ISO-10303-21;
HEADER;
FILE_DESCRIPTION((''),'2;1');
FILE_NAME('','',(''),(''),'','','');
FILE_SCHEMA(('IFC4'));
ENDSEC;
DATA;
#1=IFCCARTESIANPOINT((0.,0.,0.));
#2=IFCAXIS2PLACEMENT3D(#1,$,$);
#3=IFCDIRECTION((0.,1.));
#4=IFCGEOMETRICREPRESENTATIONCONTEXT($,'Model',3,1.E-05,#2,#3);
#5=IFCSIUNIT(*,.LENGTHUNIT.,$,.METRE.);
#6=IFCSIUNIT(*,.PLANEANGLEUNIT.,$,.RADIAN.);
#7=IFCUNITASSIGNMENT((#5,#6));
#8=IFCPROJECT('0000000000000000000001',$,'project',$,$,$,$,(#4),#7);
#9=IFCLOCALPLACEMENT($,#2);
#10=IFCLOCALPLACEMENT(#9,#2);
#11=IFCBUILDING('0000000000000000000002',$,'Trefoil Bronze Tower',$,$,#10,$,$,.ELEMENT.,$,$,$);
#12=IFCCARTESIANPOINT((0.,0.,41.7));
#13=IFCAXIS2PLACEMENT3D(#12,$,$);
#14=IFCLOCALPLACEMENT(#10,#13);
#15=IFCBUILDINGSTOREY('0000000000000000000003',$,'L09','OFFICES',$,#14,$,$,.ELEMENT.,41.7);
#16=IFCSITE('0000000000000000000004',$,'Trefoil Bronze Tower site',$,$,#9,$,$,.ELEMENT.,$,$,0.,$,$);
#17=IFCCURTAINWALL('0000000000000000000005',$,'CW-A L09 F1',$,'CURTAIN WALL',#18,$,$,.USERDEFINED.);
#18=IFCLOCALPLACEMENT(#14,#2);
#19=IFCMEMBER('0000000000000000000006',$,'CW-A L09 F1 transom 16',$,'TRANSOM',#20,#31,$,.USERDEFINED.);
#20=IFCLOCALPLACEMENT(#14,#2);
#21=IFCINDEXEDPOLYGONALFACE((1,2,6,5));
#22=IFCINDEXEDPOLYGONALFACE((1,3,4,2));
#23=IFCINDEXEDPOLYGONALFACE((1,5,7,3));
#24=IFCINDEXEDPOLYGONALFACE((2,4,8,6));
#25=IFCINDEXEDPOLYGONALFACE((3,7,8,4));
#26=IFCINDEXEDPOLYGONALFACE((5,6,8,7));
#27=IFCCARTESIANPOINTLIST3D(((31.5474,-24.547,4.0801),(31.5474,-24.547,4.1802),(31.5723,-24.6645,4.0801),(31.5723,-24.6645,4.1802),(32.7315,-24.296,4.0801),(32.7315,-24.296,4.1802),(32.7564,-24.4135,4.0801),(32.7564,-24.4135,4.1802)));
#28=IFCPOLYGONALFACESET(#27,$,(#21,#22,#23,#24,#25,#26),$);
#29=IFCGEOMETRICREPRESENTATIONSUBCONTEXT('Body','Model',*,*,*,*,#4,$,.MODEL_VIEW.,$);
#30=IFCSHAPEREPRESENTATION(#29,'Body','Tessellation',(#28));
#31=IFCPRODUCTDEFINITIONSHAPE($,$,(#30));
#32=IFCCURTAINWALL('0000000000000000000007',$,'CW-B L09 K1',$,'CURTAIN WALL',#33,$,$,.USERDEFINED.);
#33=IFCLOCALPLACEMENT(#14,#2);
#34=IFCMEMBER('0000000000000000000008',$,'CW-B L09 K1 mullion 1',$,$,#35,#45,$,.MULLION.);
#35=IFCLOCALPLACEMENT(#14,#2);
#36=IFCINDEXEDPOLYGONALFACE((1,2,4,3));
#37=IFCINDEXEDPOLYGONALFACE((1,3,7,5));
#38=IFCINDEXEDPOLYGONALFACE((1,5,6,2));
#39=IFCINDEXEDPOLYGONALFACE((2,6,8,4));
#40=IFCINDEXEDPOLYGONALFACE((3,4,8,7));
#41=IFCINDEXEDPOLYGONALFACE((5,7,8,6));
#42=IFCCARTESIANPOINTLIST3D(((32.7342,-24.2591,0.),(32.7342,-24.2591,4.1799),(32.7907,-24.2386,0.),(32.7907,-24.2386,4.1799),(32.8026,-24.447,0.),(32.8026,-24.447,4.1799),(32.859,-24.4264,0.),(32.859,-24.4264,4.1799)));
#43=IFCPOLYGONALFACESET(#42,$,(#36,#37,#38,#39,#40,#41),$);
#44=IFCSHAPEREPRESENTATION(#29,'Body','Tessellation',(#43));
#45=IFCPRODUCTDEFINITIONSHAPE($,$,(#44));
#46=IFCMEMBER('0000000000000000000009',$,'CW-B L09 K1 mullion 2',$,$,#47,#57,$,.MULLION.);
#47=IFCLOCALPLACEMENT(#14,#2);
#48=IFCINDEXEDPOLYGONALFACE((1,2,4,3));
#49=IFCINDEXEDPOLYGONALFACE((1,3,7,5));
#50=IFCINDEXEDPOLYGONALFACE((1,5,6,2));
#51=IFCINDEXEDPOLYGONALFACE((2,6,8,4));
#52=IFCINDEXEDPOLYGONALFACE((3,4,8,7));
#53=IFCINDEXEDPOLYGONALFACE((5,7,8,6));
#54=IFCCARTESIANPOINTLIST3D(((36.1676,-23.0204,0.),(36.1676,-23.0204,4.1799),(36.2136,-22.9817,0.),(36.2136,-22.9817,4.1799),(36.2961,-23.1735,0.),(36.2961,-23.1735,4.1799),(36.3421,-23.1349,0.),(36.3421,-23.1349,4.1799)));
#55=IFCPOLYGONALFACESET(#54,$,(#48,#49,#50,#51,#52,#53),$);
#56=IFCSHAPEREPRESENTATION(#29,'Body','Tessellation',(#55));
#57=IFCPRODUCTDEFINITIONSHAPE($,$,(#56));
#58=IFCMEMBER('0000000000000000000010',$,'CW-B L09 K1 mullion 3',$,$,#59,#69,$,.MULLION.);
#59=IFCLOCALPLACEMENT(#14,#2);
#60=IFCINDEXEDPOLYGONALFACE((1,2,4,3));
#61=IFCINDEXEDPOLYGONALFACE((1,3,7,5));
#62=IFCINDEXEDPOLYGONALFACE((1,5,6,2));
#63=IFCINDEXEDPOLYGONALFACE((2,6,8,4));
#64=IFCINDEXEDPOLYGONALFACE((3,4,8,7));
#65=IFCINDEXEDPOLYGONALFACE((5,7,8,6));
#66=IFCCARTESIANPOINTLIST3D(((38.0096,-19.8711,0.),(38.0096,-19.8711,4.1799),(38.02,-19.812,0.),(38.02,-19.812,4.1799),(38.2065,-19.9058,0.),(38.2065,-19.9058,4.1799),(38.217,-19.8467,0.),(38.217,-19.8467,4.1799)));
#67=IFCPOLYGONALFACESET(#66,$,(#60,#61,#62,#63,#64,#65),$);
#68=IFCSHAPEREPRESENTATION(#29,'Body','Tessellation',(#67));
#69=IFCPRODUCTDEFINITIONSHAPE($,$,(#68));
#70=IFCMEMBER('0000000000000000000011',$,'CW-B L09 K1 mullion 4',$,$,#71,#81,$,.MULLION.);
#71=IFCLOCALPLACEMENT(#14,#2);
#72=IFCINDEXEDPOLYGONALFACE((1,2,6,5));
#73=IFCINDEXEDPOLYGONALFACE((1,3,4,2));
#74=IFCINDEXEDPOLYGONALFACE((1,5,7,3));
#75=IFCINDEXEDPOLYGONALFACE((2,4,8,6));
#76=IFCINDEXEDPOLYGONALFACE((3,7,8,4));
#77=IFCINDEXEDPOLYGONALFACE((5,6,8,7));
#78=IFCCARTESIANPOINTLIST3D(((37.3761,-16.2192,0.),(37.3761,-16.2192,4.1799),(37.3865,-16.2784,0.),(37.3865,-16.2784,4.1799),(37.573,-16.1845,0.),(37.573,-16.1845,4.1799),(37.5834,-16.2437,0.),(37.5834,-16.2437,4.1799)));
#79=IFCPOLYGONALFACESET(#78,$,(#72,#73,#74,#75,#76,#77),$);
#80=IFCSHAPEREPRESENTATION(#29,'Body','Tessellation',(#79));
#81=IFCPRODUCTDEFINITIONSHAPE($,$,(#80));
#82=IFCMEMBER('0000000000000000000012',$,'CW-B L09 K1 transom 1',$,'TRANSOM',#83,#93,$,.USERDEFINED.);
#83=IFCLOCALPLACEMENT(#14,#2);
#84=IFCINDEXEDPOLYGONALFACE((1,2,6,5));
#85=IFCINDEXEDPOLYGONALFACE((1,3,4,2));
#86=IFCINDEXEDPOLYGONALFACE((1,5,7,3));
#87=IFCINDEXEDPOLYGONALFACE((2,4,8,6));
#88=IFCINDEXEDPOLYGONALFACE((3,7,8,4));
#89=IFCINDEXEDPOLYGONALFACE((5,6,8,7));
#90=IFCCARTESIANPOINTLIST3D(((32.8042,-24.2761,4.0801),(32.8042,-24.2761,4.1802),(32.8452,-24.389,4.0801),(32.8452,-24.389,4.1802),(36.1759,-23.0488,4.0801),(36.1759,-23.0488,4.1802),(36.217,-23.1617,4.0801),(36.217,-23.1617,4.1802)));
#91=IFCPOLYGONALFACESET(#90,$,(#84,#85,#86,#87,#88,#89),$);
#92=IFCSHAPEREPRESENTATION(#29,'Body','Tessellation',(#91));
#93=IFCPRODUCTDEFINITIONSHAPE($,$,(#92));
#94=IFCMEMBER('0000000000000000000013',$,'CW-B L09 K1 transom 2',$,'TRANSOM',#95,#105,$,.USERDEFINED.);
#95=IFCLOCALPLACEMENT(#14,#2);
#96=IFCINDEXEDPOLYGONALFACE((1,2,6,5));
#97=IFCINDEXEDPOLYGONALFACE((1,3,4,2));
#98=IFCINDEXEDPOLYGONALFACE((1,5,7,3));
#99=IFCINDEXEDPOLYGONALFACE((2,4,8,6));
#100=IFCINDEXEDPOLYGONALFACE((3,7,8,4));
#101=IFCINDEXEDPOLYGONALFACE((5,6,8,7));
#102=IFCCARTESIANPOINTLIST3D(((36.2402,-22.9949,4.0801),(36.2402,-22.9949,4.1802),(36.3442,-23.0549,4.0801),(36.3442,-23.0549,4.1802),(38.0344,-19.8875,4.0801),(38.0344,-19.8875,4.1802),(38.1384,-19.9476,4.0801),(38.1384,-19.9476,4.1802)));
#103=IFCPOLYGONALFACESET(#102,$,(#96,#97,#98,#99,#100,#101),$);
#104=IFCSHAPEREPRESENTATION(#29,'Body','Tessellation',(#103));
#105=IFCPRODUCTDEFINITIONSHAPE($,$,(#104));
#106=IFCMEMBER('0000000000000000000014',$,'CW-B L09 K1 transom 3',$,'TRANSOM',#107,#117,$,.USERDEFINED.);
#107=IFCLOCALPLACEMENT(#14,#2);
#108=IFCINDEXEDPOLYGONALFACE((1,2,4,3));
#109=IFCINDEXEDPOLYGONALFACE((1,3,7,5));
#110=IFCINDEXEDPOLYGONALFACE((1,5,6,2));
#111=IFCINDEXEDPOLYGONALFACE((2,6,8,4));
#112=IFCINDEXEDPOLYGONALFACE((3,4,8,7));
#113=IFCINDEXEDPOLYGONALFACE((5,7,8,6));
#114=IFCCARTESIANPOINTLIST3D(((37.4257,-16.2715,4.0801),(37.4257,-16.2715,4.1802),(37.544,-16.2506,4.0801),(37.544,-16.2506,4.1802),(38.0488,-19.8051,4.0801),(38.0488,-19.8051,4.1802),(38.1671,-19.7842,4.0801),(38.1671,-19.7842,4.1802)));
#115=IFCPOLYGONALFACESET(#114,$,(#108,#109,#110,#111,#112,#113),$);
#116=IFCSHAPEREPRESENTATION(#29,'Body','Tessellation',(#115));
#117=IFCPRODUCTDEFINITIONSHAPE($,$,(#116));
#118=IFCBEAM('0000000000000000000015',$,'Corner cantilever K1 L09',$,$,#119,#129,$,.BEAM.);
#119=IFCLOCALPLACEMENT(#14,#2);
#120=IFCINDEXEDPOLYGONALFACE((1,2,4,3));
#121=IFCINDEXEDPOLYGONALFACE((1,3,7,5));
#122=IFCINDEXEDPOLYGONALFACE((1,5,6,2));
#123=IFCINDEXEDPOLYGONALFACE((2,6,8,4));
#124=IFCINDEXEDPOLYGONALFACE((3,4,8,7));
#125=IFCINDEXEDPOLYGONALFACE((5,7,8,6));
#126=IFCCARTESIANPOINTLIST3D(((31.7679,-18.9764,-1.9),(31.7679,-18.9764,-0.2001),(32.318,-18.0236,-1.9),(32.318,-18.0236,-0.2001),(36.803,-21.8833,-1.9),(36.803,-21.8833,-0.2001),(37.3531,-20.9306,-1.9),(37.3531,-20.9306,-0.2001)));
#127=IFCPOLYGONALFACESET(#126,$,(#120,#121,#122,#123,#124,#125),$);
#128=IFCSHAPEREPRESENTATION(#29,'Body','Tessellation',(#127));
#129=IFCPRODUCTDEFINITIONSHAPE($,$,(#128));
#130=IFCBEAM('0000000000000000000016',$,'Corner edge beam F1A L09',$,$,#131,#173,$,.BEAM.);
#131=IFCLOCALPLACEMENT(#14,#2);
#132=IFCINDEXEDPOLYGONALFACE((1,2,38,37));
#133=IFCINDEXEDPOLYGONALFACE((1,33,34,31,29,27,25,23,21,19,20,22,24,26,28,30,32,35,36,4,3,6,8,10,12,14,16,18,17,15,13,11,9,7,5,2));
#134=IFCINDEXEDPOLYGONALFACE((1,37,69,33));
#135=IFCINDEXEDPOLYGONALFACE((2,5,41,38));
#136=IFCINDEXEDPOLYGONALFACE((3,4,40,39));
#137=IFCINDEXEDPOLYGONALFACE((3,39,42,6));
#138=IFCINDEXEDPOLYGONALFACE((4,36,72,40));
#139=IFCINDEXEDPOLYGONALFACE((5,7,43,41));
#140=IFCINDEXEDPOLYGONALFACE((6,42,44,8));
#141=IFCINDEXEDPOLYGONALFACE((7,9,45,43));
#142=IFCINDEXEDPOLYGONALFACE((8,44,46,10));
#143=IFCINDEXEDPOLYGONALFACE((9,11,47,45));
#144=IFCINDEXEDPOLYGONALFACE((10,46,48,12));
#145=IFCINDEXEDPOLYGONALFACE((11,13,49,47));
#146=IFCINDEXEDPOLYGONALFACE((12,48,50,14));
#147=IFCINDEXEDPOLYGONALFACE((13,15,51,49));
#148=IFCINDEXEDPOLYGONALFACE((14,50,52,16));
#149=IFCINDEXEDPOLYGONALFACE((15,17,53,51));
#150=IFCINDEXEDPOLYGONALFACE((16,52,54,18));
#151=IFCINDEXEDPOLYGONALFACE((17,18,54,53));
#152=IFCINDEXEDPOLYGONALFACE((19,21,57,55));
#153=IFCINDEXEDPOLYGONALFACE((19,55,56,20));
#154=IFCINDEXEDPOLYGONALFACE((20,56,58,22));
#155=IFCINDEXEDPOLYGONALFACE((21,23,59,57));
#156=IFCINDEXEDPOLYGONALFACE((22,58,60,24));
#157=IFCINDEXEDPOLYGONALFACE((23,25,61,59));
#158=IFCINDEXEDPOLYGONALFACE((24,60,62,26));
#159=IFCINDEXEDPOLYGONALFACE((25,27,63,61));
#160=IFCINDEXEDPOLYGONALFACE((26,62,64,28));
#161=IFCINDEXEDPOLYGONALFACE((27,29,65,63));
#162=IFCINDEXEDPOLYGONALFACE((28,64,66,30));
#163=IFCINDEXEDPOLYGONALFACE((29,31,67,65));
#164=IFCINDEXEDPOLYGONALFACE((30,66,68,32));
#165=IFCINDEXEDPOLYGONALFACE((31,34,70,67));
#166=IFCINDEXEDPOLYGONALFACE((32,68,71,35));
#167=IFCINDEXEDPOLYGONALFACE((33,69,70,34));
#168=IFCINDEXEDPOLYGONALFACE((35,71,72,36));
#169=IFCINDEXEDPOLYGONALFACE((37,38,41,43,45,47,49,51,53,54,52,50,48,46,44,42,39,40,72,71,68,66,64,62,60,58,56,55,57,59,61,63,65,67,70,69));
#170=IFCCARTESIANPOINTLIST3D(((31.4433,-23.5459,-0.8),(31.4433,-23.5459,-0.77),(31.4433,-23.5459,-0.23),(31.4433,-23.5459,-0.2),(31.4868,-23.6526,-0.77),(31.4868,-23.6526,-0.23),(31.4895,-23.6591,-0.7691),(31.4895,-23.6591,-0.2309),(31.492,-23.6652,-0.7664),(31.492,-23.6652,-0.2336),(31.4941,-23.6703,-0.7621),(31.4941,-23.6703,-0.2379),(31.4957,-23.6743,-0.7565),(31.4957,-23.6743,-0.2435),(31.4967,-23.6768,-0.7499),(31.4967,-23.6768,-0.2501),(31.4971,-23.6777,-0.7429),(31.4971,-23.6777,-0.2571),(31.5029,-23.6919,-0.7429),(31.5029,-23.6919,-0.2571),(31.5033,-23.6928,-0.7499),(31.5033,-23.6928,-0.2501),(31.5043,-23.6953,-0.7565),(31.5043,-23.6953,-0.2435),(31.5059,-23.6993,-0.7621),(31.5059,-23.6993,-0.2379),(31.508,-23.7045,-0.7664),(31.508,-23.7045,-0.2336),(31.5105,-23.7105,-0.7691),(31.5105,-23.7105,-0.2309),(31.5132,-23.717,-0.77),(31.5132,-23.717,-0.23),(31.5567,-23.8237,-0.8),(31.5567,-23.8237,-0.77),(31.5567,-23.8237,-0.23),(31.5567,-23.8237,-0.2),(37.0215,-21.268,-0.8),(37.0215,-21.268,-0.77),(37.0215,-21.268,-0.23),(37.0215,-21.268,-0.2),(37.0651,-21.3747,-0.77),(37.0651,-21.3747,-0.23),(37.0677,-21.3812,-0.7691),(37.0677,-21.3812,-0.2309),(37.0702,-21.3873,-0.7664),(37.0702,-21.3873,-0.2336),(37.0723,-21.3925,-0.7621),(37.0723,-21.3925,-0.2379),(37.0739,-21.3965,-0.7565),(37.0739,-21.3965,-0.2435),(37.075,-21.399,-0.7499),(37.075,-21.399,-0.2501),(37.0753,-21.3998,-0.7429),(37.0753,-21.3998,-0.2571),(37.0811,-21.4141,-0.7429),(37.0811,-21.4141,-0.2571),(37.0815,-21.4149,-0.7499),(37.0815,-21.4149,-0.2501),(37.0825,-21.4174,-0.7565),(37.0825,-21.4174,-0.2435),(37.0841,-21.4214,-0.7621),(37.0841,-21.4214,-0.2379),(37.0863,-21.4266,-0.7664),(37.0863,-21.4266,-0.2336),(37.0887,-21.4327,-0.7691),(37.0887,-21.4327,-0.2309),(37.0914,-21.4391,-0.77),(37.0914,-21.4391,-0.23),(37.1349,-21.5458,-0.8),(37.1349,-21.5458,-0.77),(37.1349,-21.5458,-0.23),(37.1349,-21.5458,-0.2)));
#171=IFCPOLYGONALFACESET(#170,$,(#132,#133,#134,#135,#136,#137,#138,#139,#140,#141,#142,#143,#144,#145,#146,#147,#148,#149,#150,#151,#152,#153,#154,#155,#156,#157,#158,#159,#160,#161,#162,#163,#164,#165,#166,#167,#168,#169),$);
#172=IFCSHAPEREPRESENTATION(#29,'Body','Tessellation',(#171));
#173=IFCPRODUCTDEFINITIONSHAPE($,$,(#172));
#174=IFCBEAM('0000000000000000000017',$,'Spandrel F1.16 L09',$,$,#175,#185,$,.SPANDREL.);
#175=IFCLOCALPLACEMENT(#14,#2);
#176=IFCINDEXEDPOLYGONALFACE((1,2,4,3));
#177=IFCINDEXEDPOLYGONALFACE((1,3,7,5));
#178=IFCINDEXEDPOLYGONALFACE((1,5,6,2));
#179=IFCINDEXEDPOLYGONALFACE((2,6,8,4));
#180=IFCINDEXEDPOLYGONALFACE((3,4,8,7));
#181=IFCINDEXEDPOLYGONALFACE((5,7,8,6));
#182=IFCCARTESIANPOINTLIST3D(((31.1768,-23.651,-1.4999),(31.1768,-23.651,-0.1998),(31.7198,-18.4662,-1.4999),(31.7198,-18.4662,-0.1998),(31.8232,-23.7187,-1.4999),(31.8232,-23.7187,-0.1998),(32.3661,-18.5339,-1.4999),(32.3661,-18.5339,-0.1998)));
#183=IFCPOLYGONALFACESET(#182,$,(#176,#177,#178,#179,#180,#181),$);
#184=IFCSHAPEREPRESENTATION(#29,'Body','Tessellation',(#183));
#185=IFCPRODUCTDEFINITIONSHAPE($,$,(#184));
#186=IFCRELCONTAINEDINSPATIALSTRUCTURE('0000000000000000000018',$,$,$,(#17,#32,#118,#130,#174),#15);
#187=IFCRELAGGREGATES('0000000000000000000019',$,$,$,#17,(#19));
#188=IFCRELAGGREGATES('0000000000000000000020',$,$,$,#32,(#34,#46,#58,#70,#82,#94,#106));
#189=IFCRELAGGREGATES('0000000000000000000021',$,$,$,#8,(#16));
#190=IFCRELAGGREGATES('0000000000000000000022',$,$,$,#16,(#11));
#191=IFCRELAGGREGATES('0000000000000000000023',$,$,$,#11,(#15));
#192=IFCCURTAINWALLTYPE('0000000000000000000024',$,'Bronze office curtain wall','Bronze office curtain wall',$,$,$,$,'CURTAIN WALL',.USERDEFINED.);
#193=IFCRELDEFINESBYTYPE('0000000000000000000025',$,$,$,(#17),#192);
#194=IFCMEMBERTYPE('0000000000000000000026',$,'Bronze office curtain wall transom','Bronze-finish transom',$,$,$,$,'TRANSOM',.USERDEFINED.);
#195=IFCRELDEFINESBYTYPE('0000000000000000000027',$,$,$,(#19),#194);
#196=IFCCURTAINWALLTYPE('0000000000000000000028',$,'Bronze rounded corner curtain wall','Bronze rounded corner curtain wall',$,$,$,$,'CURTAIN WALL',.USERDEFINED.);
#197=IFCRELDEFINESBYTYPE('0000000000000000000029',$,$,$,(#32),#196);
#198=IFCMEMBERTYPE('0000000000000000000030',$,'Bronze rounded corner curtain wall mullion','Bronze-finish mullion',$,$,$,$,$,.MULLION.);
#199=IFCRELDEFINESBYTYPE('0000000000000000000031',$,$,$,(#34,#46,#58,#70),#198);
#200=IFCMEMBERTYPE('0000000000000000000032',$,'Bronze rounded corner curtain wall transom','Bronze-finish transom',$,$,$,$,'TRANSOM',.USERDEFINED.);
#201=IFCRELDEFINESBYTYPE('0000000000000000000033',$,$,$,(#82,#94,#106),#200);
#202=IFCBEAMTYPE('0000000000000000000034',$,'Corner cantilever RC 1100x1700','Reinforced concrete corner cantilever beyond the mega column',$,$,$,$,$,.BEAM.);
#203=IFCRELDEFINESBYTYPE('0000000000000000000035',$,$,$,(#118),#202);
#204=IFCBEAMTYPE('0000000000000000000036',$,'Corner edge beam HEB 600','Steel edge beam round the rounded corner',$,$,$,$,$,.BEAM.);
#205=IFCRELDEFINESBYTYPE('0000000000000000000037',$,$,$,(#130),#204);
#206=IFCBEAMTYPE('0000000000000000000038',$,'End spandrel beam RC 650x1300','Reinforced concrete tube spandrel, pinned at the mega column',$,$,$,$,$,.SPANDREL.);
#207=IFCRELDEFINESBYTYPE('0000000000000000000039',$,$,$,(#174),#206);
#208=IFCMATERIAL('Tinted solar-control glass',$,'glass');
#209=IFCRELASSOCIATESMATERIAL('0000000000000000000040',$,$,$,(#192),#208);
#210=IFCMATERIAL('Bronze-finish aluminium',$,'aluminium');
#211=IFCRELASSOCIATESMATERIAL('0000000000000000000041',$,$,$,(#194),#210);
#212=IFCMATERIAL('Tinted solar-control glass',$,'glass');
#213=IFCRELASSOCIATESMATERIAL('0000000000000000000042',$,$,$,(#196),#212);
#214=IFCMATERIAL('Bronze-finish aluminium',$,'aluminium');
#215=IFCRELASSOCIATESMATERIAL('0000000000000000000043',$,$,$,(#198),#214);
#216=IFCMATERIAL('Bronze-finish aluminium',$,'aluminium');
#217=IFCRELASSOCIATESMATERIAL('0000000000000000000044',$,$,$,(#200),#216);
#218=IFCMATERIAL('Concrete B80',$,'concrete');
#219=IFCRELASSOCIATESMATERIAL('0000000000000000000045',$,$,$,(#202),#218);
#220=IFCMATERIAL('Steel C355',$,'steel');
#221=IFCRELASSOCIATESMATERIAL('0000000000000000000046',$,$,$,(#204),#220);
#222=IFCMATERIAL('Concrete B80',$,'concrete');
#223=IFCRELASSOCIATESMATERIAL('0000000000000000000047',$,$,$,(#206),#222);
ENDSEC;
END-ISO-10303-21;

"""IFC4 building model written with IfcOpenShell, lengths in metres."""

from ifc_helpers import new_model, si_unit, direction, frame, origin, origin_2d, place, context, subcontext, project, spatial, rectangle, i_section, extrude, material, material_profile, profile_set, type_object, element, aggregate, save


model = new_model("IFC4")

# Units and contexts
model_context = context("Model", 3, precision=1e-05, world=origin(), true_north=direction((0.0, 1.0)))
body_context = subcontext(model_context, "Body", "Model", "MODEL_VIEW")
ifc_project = project(units=[si_unit("LENGTHUNIT", "METRE"), si_unit("PLANEANGLEUNIT", "RADIAN")], contexts=[model_context])

# Site, building, storey
site_placement = place(None, origin())
site = spatial("IfcSite", under=ifc_project, at=site_placement, Name="Trefoil Bronze Tower site", CompositionType="ELEMENT", RefElevation=0.0)
building_placement = place(site_placement, origin())
building = spatial("IfcBuilding", under=site, at=building_placement, Name="Trefoil Bronze Tower", CompositionType="ELEMENT")
storey_placement = place(building_placement, frame((0.0, 0.0, 41.7)))
storey = spatial("IfcBuildingStorey", under=building, at=storey_placement, Name="L09", Description="OFFICES", CompositionType="ELEMENT", Elevation=41.7)

# Curtain walls, members
ifc_material_1 = material(Name="Tinted solar-control glass", Category="glass")
curtain_wall_type_1 = type_object("IfcCurtainWallType", Name="Bronze office curtain wall", Description="Bronze office curtain wall", ElementType="CURTAIN WALL", PredefinedType="USERDEFINED", material=ifc_material_1)
curtain_wall_1_placement = place(storey_placement, origin())
curtain_wall_1 = element("IfcCurtainWall", 1, at=curtain_wall_1_placement, inside=storey, type_object=curtain_wall_type_1, Name="CW-A L09 F1", ObjectType="CURTAIN WALL", PredefinedType="USERDEFINED")
ifc_material_2 = material(Name="Bronze-finish aluminium", Category="aluminium")
ifc_material_profile_1 = material_profile(ifc_material_2, rectangle(XDim=0.1201, YDim=0.1001, at=origin_2d()), Name="CW-A transom")
ifc_profile_set_1 = profile_set([ifc_material_profile_1], Name="Bronze-finish aluminium")
member_type_1 = type_object("IfcMemberType", Name="Bronze office curtain wall transom", Description="Bronze-finish transom", ElementType="TRANSOM", PredefinedType="USERDEFINED", material=ifc_profile_set_1)
member_1_placement = place(storey_placement, frame((31.5598, -24.6057, 4.1301), z_axis=(0.978266, 0.207352, 0.0), x_axis=(-0.207352, 0.978266, 0.0)))
member_1 = element("IfcMember", 2, at=member_1_placement, type_object=member_type_1, Name="CW-A L09 F1 transom 16", ObjectType="TRANSOM", PredefinedType="USERDEFINED", context=body_context, shape_type="SweptSolid", body=[
    extrude(rectangle(XDim=0.1201, YDim=0.1001, at=origin_2d()), origin(), (0.0, 0.0, 1.0), 1.2104),
])
ifc_material_3 = material(Name="Tinted solar-control glass", Category="glass")
curtain_wall_type_2 = type_object("IfcCurtainWallType", Name="Bronze rounded corner curtain wall", Description="Bronze rounded corner curtain wall", ElementType="CURTAIN WALL", PredefinedType="USERDEFINED", material=ifc_material_3)
curtain_wall_2_placement = place(storey_placement, origin())
curtain_wall_2 = element("IfcCurtainWall", 3, at=curtain_wall_2_placement, inside=storey, type_object=curtain_wall_type_2, Name="CW-B L09 K1", ObjectType="CURTAIN WALL", PredefinedType="USERDEFINED")
ifc_material_4 = material(Name="Bronze-finish aluminium", Category="aluminium")
ifc_material_profile_2 = material_profile(ifc_material_4, rectangle(XDim=0.2, YDim=0.0601, at=origin_2d()), Name="CW-B mullion")
ifc_profile_set_2 = profile_set([ifc_material_profile_2], Name="Bronze-finish aluminium")
member_type_2 = type_object("IfcMemberType", Name="Bronze rounded corner curtain wall mullion", Description="Bronze-finish mullion", PredefinedType="MULLION", material=ifc_profile_set_2)
member_2_placement = place(storey_placement, frame((32.7966, -24.3428, 0.0), z_axis=(0.0, 0.0, 1.0), x_axis=(-0.34202, 0.939693, 0.0)))
member_2 = element("IfcMember", 4, at=member_2_placement, type_object=member_type_2, Name="CW-B L09 K1 mullion 1", PredefinedType="MULLION", context=body_context, shape_type="SweptSolid", body=[
    extrude(rectangle(XDim=0.2, YDim=0.0601, at=origin_2d()), origin(), (0.0, 0.0, 1.0), 4.1799),
])
member_3_placement = place(storey_placement, frame((36.2549, -23.0776, 0.0), z_axis=(0.0, 0.0, 1.0), x_axis=(-0.642788, 0.766044, 0.0)))
member_3 = element("IfcMember", 5, at=member_3_placement, type_object=member_type_2, Name="CW-B L09 K1 mullion 2", PredefinedType="MULLION", context=body_context, shape_type="SweptSolid", body=[
    extrude(rectangle(XDim=0.2, YDim=0.0601, at=origin_2d()), origin(), (0.0, 0.0, 1.0), 4.1799),
])
member_4_placement = place(storey_placement, frame((38.1133, -19.8589, 0.0), z_axis=(0.0, 0.0, 1.0), x_axis=(-0.984808, 0.173648, 0.0)))
member_4 = element("IfcMember", 6, at=member_4_placement, type_object=member_type_2, Name="CW-B L09 K1 mullion 3", PredefinedType="MULLION", context=body_context, shape_type="SweptSolid", body=[
    extrude(rectangle(XDim=0.2, YDim=0.0601, at=origin_2d()), origin(), (0.0, 0.0, 1.0), 4.1799),
])
member_5_placement = place(storey_placement, frame((37.4797, -16.2314, 0.0), z_axis=(0.0, 0.0, 1.0), x_axis=(-0.984808, -0.173648, 0.0)))
member_5 = element("IfcMember", 7, at=member_5_placement, type_object=member_type_2, Name="CW-B L09 K1 mullion 4", PredefinedType="MULLION", context=body_context, shape_type="SweptSolid", body=[
    extrude(rectangle(XDim=0.2, YDim=0.0601, at=origin_2d()), origin(), (0.0, 0.0, 1.0), 4.1799),
])
ifc_material_5 = material(Name="Bronze-finish aluminium", Category="aluminium")
ifc_material_profile_3 = material_profile(ifc_material_5, rectangle(XDim=0.1201, YDim=0.1001, at=origin_2d()), Name="CW-B transom")
ifc_profile_set_3 = profile_set([ifc_material_profile_3], Name="Bronze-finish aluminium")
member_type_3 = type_object("IfcMemberType", Name="Bronze rounded corner curtain wall transom", Description="Bronze-finish transom", ElementType="TRANSOM", PredefinedType="USERDEFINED", material=ifc_profile_set_3)
member_6_placement = place(storey_placement, frame((32.8247, -24.3325, 4.1301), z_axis=(0.939688, 0.342033, 0.0), x_axis=(-0.342033, 0.939688, 0.0)))
member_6 = element("IfcMember", 8, at=member_6_placement, type_object=member_type_3, Name="CW-B L09 K1 transom 1", ObjectType="TRANSOM", PredefinedType="USERDEFINED", context=body_context, shape_type="SweptSolid", body=[
    extrude(rectangle(XDim=0.1201, YDim=0.1001, at=origin_2d()), origin(), (0.0, 0.0, 1.0), 3.5881),
])
member_7_placement = place(storey_placement, frame((36.2922, -23.0249, 4.1301), z_axis=(0.500025, 0.866011, 0.0), x_axis=(-0.866011, 0.500025, 0.0)))
member_7 = element("IfcMember", 9, at=member_7_placement, type_object=member_type_3, Name="CW-B L09 K1 transom 2", ObjectType="TRANSOM", PredefinedType="USERDEFINED", context=body_context, shape_type="SweptSolid", body=[
    extrude(rectangle(XDim=0.1201, YDim=0.1001, at=origin_2d()), origin(), (0.0, 0.0, 1.0), 3.5881),
])
member_8_placement = place(storey_placement, frame((38.1079, -19.7947, 4.1301), z_axis=(-0.173638, 0.98481, 0.0), x_axis=(-0.98481, -0.173638, 0.0)))
member_8 = element("IfcMember", 10, at=member_8_placement, type_object=member_type_3, Name="CW-B L09 K1 transom 3", ObjectType="TRANSOM", PredefinedType="USERDEFINED", context=body_context, shape_type="SweptSolid", body=[
    extrude(rectangle(XDim=0.1201, YDim=0.1001, at=origin_2d()), origin(), (0.0, 0.0, 1.0), 3.5881),
])

# Beams
ifc_material_6 = material(Name="Concrete B80", Category="concrete")
ifc_material_profile_4 = material_profile(ifc_material_6, rectangle(XDim=1.1001, YDim=1.7, at=origin_2d()), Name="RC 1100x1700")
ifc_profile_set_4 = profile_set([ifc_material_profile_4], Name="Concrete B80")
beam_type_1 = type_object("IfcBeamType", Name="Corner cantilever RC 1100x1700", Description="Reinforced concrete corner cantilever beyond the mega column", PredefinedType="BEAM", material=ifc_profile_set_4)
beam_1_placement = place(storey_placement, frame((32.043, -18.5, -1.05), z_axis=(0.86603, -0.499991, 0.0), x_axis=(0.499991, 0.86603, 0.0)))
element("IfcBeam", 11, at=beam_1_placement, inside=storey, type_object=beam_type_1, Name="Corner cantilever K1 L09", PredefinedType="BEAM", context=body_context, shape_type="SweptSolid", body=[
    extrude(rectangle(XDim=1.1001, YDim=1.7, at=origin_2d()), origin(), (0.0, 0.0, 1.0), 5.814),
])
ifc_material_7 = material(Name="Steel C355", Category="steel")
ifc_material_profile_5 = material_profile(ifc_material_7, i_section(OverallWidth=0.3, OverallDepth=0.6001, WebThickness=0.0154, FlangeThickness=0.03, FilletRadius=0.0271, at=origin_2d()), Name="HEB 600")
ifc_profile_set_5 = profile_set([ifc_material_profile_5], Name="Steel C355")
beam_type_2 = type_object("IfcBeamType", Name="Corner edge beam HEB 600", Description="Steel edge beam round the rounded corner", PredefinedType="BEAM", material=ifc_profile_set_5)
beam_2_placement = place(storey_placement, frame((31.5, -23.6848, -0.5), z_axis=(0.925787, 0.378046, 0.0), x_axis=(-0.378046, 0.925787, 0.0)))
element("IfcBeam", 12, at=beam_2_placement, inside=storey, type_object=beam_type_2, Name="Corner edge beam F1A L09", PredefinedType="BEAM", context=body_context, shape_type="SweptSolid", body=[
    extrude(i_section(OverallWidth=0.3, OverallDepth=0.6001, WebThickness=0.0154, FlangeThickness=0.03, FilletRadius=0.0271, at=origin_2d()), origin(), (0.0, 0.0, 1.0), 6.0254),
])
ifc_material_8 = material(Name="Concrete B80", Category="concrete")
ifc_material_profile_6 = material_profile(ifc_material_8, rectangle(XDim=0.6499, YDim=1.3, at=origin_2d()), Name="RC 650x1300")
ifc_profile_set_6 = profile_set([ifc_material_profile_6], Name="Concrete B80")
beam_type_3 = type_object("IfcBeamType", Name="End spandrel beam RC 650x1300", Description="Reinforced concrete tube spandrel, pinned at the mega column", PredefinedType="SPANDREL", material=ifc_profile_set_6)
for number, where, z_axis, x_axis, name in (
    (13, (31.5, -23.6848, -0.8499), (0.104153, 0.994561, 0.0), (-0.994561, 0.104153, 0.0), "Spandrel F1.16 L09"),
):
    element("IfcBeam", number, at=place(storey_placement, frame(where, z_axis=z_axis, x_axis=x_axis)), inside=storey, type_object=beam_type_3, Name=name, PredefinedType="SPANDREL", context=body_context, shape_type="SweptSolid", body=[
        extrude(rectangle(XDim=0.6499, YDim=1.3, at=origin_2d()), origin(), (0.0, 0.0, 1.0), 5.2131),
    ])

aggregate(curtain_wall_1, [member_1])
aggregate(curtain_wall_2, [member_2, member_3, member_4, member_5, member_6, member_7, member_8])

save(model, "model.ifc")
